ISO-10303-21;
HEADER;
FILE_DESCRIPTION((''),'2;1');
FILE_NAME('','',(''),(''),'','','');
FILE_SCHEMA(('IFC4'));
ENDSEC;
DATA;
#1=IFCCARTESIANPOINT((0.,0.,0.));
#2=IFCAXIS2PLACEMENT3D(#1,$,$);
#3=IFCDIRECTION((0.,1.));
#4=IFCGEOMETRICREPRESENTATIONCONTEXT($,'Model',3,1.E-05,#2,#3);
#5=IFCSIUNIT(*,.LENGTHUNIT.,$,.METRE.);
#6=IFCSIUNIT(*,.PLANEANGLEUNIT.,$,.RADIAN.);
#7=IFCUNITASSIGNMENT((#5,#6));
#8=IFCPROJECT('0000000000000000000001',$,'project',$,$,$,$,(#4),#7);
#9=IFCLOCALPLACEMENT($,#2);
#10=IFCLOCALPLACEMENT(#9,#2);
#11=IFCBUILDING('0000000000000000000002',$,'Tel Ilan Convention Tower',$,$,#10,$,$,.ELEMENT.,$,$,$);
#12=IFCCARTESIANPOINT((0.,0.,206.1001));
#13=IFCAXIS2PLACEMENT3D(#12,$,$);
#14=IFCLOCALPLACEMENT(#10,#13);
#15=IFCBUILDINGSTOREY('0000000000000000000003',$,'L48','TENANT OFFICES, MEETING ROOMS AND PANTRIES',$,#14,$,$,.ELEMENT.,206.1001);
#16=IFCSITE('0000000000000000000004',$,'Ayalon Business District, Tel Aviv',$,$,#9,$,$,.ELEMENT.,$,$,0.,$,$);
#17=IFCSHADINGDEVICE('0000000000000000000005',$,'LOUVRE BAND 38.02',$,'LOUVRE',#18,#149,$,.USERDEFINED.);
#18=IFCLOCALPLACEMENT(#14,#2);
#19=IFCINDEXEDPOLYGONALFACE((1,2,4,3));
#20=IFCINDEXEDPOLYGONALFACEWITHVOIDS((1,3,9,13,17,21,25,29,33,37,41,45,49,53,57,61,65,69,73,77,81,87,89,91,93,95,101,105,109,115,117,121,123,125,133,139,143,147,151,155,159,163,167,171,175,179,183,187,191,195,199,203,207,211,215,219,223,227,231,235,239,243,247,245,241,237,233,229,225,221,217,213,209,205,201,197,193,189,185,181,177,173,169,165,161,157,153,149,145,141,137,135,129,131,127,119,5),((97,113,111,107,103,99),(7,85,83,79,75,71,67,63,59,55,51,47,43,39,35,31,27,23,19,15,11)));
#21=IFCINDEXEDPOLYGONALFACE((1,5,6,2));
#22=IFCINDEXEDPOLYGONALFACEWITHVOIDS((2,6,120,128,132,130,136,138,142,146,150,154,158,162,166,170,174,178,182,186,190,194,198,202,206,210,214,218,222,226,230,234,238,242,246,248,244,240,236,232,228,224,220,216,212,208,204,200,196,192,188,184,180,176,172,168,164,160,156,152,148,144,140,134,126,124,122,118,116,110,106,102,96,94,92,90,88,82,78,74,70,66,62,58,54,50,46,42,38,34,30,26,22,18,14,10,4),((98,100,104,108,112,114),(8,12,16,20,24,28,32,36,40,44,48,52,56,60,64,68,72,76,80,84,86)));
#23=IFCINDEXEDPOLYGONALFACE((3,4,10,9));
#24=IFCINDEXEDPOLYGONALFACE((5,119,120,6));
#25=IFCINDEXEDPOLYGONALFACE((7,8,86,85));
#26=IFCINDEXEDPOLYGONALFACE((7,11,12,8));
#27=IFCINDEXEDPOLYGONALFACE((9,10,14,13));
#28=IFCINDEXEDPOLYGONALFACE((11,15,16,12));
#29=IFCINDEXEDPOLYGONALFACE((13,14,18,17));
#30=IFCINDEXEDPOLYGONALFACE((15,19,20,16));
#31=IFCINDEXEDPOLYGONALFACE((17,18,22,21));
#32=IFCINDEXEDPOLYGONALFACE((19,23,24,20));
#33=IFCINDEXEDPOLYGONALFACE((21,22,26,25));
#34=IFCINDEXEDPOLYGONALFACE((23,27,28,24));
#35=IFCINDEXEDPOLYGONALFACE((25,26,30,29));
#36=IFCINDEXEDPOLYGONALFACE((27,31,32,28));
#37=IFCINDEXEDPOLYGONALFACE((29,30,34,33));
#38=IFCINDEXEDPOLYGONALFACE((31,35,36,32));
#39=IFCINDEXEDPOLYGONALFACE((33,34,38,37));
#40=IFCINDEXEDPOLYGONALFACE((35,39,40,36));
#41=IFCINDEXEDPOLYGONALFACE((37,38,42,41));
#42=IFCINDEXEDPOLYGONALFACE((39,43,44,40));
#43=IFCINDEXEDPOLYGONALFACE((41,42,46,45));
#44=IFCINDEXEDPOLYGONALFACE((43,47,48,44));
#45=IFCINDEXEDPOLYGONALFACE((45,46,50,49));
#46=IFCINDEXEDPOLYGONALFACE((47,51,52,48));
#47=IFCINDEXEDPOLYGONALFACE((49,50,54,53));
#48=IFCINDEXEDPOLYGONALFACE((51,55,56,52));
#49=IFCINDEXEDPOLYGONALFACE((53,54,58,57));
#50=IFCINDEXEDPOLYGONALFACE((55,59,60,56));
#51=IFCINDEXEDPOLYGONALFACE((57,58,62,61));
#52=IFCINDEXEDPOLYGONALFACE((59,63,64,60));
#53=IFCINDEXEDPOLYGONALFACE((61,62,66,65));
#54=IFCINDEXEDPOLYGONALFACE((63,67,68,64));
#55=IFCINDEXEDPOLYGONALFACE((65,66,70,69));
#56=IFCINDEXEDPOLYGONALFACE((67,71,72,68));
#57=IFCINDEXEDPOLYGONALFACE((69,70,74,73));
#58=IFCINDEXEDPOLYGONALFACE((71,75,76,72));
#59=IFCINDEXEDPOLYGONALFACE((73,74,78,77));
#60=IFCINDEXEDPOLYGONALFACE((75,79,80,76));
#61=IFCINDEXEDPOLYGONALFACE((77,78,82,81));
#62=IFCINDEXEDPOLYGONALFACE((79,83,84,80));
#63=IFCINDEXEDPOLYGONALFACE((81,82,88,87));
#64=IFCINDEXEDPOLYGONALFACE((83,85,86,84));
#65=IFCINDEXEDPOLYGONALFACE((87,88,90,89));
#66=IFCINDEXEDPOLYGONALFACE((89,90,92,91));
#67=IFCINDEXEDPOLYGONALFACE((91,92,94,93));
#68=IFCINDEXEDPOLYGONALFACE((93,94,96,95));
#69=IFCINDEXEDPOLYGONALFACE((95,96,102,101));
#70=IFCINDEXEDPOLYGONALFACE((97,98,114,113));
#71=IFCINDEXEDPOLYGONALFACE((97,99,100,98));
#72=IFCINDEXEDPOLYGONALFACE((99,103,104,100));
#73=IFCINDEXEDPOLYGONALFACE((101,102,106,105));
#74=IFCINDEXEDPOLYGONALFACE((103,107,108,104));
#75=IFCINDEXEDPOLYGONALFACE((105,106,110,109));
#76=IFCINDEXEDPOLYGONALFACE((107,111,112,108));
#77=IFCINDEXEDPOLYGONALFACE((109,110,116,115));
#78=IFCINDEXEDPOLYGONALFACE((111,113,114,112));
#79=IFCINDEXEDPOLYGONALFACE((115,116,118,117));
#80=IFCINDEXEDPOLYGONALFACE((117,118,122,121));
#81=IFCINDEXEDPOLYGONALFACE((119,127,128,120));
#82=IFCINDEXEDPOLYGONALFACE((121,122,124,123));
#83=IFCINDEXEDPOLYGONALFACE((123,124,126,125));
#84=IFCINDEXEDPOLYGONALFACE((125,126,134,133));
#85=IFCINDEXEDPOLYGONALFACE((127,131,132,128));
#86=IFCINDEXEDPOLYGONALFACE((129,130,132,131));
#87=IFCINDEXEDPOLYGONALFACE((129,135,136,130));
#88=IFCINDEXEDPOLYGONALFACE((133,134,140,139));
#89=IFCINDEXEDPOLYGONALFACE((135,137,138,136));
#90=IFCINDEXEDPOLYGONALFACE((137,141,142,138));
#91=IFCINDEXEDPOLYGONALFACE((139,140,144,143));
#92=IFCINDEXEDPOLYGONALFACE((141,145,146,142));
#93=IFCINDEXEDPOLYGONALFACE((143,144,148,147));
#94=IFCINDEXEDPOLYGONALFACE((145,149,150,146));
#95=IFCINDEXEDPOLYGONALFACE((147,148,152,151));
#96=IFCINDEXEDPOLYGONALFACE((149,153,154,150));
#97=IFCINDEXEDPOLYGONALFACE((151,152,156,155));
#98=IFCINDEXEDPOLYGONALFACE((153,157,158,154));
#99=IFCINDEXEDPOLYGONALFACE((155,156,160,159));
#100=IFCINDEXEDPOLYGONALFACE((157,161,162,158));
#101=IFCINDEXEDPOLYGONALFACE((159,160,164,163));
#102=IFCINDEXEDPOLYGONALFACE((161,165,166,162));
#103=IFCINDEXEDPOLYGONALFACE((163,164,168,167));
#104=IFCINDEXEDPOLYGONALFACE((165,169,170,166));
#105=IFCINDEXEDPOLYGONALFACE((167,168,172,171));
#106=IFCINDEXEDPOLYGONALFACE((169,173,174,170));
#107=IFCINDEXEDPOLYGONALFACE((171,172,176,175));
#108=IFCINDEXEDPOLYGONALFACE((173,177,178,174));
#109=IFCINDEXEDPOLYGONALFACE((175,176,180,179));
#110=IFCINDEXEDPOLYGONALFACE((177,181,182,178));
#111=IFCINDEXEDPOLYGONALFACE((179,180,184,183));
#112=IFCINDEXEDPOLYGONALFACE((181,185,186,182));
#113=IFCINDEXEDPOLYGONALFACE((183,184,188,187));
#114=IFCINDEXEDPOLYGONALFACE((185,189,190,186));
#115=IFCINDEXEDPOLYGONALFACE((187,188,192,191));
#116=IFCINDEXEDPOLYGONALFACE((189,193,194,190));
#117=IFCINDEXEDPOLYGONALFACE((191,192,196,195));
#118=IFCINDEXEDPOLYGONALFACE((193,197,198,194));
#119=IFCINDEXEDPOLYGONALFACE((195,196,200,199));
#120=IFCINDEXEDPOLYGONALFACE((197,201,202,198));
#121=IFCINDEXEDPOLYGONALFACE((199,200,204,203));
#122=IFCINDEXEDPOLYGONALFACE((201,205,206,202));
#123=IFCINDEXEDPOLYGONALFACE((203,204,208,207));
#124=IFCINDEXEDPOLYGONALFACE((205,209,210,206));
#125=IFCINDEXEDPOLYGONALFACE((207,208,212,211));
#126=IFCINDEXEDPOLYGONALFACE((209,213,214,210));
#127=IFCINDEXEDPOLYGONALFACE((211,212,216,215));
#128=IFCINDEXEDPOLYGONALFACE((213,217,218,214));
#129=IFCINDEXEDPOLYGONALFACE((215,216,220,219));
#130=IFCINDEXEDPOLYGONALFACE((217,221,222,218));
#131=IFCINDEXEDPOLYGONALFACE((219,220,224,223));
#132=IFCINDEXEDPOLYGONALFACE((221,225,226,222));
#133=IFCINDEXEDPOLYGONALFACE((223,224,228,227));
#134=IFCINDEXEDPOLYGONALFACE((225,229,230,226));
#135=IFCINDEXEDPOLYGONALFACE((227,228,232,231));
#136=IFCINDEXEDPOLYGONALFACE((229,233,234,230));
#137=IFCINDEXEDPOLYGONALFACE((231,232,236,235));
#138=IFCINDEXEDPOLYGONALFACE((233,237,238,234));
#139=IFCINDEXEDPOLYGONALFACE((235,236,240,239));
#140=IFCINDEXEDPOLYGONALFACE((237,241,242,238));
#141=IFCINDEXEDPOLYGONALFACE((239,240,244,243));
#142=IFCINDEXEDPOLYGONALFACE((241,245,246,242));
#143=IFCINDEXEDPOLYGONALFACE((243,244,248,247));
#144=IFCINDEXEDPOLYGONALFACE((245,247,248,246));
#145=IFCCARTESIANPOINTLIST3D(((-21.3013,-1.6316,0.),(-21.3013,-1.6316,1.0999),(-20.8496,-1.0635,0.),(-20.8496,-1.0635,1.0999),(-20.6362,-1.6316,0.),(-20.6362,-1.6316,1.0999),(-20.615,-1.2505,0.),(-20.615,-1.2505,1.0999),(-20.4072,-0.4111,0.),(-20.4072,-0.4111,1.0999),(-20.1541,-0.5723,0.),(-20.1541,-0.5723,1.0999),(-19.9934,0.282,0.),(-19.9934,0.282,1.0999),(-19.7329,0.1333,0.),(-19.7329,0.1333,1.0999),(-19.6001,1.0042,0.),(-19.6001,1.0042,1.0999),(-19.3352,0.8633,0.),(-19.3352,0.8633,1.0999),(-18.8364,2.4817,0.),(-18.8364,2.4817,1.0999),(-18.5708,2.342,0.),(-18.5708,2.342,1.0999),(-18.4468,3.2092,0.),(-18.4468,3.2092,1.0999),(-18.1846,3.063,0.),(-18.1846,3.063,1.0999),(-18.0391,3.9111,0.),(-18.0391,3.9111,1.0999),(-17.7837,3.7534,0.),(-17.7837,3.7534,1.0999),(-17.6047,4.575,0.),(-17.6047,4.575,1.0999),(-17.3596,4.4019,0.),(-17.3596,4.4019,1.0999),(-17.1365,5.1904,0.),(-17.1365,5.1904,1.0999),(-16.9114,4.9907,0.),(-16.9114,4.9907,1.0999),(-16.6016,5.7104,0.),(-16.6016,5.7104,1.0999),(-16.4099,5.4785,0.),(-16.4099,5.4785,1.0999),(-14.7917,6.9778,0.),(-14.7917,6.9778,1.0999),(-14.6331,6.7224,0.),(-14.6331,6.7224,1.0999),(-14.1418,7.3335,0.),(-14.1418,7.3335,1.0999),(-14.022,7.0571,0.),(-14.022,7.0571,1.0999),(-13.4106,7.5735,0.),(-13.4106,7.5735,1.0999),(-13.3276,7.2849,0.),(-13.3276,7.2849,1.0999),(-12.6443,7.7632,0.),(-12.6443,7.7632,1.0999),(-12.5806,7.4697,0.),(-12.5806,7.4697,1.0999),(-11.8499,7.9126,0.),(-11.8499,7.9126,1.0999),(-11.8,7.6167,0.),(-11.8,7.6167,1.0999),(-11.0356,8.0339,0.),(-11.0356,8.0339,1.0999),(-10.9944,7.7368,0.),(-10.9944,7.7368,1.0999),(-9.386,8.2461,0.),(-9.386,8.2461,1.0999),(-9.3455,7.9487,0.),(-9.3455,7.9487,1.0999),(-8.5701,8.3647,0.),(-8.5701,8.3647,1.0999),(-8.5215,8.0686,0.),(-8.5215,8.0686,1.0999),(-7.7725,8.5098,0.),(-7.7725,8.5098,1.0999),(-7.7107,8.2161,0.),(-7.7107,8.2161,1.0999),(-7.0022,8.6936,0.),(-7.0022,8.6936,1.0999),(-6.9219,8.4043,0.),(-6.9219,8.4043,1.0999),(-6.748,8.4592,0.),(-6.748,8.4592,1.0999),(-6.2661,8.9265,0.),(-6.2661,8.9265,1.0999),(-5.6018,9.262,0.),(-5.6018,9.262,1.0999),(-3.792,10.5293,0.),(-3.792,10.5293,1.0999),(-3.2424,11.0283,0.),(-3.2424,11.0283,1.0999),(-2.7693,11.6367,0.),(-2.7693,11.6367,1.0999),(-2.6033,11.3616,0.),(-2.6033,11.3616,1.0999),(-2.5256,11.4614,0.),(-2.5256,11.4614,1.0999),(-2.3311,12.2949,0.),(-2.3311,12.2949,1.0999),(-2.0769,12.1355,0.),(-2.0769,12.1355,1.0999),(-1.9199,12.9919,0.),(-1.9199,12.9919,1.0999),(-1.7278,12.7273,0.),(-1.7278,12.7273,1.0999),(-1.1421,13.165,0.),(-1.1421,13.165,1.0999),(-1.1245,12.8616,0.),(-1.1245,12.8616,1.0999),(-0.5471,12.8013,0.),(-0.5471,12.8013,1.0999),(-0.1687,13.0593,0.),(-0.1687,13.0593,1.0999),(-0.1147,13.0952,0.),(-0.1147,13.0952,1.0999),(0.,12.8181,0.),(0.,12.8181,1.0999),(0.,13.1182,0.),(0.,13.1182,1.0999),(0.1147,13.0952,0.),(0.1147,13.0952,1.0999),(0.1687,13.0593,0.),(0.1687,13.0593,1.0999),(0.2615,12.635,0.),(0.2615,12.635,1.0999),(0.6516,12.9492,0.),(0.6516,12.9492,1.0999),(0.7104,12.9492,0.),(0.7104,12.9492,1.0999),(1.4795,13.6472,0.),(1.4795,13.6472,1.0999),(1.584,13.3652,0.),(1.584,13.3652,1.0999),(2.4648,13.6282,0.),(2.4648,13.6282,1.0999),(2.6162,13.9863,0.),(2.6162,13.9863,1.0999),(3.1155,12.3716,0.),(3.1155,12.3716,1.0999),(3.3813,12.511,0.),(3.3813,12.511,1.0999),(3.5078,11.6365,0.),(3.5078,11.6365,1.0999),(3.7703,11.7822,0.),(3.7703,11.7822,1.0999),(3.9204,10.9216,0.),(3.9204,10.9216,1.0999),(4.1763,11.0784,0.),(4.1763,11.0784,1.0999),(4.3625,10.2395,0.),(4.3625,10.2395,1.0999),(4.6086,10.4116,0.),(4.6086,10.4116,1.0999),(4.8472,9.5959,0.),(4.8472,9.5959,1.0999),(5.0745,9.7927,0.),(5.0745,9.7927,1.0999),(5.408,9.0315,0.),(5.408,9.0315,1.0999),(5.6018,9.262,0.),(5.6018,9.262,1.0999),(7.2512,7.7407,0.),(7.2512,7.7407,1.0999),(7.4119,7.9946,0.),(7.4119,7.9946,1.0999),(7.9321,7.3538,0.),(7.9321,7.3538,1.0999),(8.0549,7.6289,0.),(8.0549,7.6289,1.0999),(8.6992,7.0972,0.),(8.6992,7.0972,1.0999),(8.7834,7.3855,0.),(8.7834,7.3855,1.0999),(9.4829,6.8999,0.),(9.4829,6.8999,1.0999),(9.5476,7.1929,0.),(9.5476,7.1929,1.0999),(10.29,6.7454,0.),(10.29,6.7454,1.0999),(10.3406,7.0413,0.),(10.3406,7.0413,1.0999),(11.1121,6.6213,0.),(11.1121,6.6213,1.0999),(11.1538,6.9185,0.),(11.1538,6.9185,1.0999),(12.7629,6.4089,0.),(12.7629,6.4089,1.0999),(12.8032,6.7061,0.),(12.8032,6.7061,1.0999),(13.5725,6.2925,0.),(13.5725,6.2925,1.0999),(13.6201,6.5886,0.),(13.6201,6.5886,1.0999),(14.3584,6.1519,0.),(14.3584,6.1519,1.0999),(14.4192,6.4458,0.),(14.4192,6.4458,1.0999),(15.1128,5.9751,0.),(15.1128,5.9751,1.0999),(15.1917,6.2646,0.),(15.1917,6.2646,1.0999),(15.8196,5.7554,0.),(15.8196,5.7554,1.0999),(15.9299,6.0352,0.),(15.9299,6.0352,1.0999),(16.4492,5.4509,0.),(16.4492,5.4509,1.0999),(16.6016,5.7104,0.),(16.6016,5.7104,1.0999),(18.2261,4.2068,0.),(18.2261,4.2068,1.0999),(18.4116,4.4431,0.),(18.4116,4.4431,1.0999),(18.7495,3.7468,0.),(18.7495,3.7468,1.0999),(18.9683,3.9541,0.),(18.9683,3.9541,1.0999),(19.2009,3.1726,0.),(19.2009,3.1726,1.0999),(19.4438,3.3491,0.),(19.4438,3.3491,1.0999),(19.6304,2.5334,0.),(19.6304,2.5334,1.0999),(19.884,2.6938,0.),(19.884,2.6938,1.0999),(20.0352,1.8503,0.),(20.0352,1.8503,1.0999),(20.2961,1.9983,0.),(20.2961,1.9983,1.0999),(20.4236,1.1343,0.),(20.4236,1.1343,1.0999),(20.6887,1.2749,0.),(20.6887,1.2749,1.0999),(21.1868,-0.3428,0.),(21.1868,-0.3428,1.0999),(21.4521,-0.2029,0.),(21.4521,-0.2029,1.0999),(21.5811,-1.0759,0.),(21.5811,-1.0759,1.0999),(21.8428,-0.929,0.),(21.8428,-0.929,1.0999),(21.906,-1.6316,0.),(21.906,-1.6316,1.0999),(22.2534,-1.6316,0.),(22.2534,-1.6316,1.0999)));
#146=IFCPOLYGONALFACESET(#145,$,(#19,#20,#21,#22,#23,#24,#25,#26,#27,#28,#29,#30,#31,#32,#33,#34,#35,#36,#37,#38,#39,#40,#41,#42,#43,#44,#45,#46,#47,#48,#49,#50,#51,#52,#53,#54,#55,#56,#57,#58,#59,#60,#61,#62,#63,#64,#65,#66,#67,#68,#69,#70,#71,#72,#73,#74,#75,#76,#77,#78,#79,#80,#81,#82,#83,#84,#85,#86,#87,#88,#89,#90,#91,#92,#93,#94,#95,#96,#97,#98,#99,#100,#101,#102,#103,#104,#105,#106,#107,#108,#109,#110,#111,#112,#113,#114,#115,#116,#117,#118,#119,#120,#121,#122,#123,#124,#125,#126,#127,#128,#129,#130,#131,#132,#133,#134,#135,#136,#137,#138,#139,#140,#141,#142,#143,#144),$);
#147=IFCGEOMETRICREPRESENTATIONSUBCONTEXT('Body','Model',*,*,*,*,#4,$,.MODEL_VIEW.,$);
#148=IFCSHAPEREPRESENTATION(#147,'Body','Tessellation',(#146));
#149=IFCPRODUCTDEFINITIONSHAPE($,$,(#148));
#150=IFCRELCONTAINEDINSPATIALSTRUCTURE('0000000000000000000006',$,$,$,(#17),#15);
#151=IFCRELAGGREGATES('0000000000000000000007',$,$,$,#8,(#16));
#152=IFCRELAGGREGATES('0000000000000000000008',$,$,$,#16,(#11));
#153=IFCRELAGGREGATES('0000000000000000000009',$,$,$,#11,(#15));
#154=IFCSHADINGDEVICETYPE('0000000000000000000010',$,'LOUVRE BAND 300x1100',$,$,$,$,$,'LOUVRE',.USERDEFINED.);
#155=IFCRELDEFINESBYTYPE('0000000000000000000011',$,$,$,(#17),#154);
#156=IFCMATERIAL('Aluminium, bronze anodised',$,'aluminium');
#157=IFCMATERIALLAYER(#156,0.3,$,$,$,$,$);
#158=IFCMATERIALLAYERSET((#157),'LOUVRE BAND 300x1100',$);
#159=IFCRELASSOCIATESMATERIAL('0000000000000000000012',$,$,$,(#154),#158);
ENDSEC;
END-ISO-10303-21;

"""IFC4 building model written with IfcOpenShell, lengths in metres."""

from ifc_helpers import new_model, si_unit, direction, frame, origin, place, context, subcontext, project, spatial, polyline, outline, extrude, material, layer, layer_set, type_object, element, save


model = new_model("IFC4")

# Units and contexts
model_context = context("Model", 3, precision=1e-05, world=origin(), true_north=direction((0.0, 1.0)))
body_context = subcontext(model_context, "Body", "Model", "MODEL_VIEW")
ifc_project = project(units=[si_unit("LENGTHUNIT", "METRE"), si_unit("PLANEANGLEUNIT", "RADIAN")], contexts=[model_context])

# Site, building, storey
site_placement = place(None, origin())
site = spatial("IfcSite", under=ifc_project, at=site_placement, Name="Ayalon Business District, Tel Aviv", CompositionType="ELEMENT", RefElevation=0.0)
building_placement = place(site_placement, origin())
building = spatial("IfcBuilding", under=site, at=building_placement, Name="Tel Ilan Convention Tower", CompositionType="ELEMENT")
storey_placement = place(building_placement, frame((0.0, 0.0, 206.1001)))
storey = spatial("IfcBuildingStorey", under=building, at=storey_placement, Name="L48", Description="TENANT OFFICES, MEETING ROOMS AND PANTRIES", CompositionType="ELEMENT", Elevation=206.1001)

# Shading device
ifc_material_1 = material(Name="Aluminium, bronze anodised", Category="aluminium")
ifc_layer_1 = layer(ifc_material_1, 0.3)
ifc_layer_set_1 = layer_set([ifc_layer_1], Name="LOUVRE BAND 300x1100")
shading_device_type = type_object("IfcShadingDeviceType", Name="LOUVRE BAND 300x1100", ElementType="LOUVRE", PredefinedType="USERDEFINED", material=ifc_layer_set_1)
shading_device_1_placement = place(storey_placement, origin())
element("IfcShadingDevice", 1, at=shading_device_1_placement, inside=storey, type_object=shading_device_type, Name="LOUVRE BAND 38.02", ObjectType="LOUVRE", PredefinedType="USERDEFINED", context=body_context, shape_type="SweptSolid", body=[
    extrude(outline(polyline([(-20.8496, -1.0635), (-21.3013, -1.6316), (-20.6362, -1.6316), (0.0, 12.8181), (0.2615, 12.635), (0.7104, 12.9492), (0.6516, 12.9492), (1.584, 13.3652), (2.4648, 13.6282), (3.1155, 12.3716), (3.5078, 11.6365), (3.9204, 10.9216), (4.3625, 10.2395), (4.8472, 9.5959), (5.408, 9.0315), (7.2512, 7.7407), (7.9321, 7.3538), (8.6992, 7.0972), (9.4829, 6.8999), (10.29, 6.7454), (11.1121, 6.6213), (12.7629, 6.4089), (13.5725, 6.2925), (14.3584, 6.1519), (15.1128, 5.9751), (15.8196, 5.7554), (16.4492, 5.4509), (18.2261, 4.2068), (18.7495, 3.7468), (19.2009, 3.1726), (19.6304, 2.5334), (20.0352, 1.8503), (20.4236, 1.1343), (21.1868, -0.3428), (21.5811, -1.0759), (21.906, -1.6316), (22.2534, -1.6316), (21.8428, -0.929), (21.4521, -0.2029), (20.6887, 1.2749), (20.2961, 1.9983), (19.884, 2.6938), (19.4438, 3.3491), (18.9683, 3.9541), (18.4116, 4.4431), (16.6016, 5.7104), (15.9299, 6.0352), (15.1917, 6.2646), (14.4192, 6.4458), (13.6201, 6.5886), (12.8032, 6.7061), (11.1538, 6.9185), (10.3406, 7.0413), (9.5476, 7.1929), (8.7834, 7.3855), (8.0549, 7.6289), (7.4119, 7.9946), (5.6018, 9.262), (5.0745, 9.7927), (4.6086, 10.4116), (4.1763, 11.0784), (3.7703, 11.7822), (3.3813, 12.511), (2.6162, 13.9863), (1.4795, 13.6472), (0.1687, 13.0593), (0.1147, 13.0952), (0.0, 13.1182), (-0.1147, 13.0952), (-0.1687, 13.0593), (-1.1421, 13.165), (-1.9199, 12.9919), (-2.3311, 12.2949), (-2.7693, 11.6367), (-3.2424, 11.0283), (-3.792, 10.5293), (-5.6018, 9.262), (-6.2661, 8.9265), (-7.0022, 8.6936), (-7.7725, 8.5098), (-8.5701, 8.3647), (-9.386, 8.2461), (-11.0356, 8.0339), (-11.8499, 7.9126), (-12.6443, 7.7632), (-13.4106, 7.5735), (-14.1418, 7.3335), (-14.7917, 6.9778), (-16.6016, 5.7104), (-17.1365, 5.1904), (-17.6047, 4.575), (-18.0391, 3.9111), (-18.4468, 3.2092), (-18.8364, 2.4817), (-19.6001, 1.0042), (-19.9934, 0.282), (-20.4072, -0.4111), (-20.8496, -1.0635)]), holes=[polyline([(-2.6033, 11.3616), (-2.5256, 11.4614), (-2.0769, 12.1355), (-1.7278, 12.7273), (-1.1245, 12.8616), (-0.5471, 12.8013), (-2.6033, 11.3616)]), polyline([(-20.615, -1.2505), (-20.1541, -0.5723), (-19.7329, 0.1333), (-19.3352, 0.8633), (-18.5708, 2.342), (-18.1846, 3.063), (-17.7837, 3.7534), (-17.3596, 4.4019), (-16.9114, 4.9907), (-16.4099, 5.4785), (-14.6331, 6.7224), (-14.022, 7.0571), (-13.3276, 7.2849), (-12.5806, 7.4697), (-11.8, 7.6167), (-10.9944, 7.7368), (-9.3455, 7.9487), (-8.5215, 8.0686), (-7.7107, 8.2161), (-6.9219, 8.4043), (-6.748, 8.4592), (-20.615, -1.2505)])]), origin(), (0.0, 0.0, 1.0), 1.0999),
])

save(model, "model.ifc")
